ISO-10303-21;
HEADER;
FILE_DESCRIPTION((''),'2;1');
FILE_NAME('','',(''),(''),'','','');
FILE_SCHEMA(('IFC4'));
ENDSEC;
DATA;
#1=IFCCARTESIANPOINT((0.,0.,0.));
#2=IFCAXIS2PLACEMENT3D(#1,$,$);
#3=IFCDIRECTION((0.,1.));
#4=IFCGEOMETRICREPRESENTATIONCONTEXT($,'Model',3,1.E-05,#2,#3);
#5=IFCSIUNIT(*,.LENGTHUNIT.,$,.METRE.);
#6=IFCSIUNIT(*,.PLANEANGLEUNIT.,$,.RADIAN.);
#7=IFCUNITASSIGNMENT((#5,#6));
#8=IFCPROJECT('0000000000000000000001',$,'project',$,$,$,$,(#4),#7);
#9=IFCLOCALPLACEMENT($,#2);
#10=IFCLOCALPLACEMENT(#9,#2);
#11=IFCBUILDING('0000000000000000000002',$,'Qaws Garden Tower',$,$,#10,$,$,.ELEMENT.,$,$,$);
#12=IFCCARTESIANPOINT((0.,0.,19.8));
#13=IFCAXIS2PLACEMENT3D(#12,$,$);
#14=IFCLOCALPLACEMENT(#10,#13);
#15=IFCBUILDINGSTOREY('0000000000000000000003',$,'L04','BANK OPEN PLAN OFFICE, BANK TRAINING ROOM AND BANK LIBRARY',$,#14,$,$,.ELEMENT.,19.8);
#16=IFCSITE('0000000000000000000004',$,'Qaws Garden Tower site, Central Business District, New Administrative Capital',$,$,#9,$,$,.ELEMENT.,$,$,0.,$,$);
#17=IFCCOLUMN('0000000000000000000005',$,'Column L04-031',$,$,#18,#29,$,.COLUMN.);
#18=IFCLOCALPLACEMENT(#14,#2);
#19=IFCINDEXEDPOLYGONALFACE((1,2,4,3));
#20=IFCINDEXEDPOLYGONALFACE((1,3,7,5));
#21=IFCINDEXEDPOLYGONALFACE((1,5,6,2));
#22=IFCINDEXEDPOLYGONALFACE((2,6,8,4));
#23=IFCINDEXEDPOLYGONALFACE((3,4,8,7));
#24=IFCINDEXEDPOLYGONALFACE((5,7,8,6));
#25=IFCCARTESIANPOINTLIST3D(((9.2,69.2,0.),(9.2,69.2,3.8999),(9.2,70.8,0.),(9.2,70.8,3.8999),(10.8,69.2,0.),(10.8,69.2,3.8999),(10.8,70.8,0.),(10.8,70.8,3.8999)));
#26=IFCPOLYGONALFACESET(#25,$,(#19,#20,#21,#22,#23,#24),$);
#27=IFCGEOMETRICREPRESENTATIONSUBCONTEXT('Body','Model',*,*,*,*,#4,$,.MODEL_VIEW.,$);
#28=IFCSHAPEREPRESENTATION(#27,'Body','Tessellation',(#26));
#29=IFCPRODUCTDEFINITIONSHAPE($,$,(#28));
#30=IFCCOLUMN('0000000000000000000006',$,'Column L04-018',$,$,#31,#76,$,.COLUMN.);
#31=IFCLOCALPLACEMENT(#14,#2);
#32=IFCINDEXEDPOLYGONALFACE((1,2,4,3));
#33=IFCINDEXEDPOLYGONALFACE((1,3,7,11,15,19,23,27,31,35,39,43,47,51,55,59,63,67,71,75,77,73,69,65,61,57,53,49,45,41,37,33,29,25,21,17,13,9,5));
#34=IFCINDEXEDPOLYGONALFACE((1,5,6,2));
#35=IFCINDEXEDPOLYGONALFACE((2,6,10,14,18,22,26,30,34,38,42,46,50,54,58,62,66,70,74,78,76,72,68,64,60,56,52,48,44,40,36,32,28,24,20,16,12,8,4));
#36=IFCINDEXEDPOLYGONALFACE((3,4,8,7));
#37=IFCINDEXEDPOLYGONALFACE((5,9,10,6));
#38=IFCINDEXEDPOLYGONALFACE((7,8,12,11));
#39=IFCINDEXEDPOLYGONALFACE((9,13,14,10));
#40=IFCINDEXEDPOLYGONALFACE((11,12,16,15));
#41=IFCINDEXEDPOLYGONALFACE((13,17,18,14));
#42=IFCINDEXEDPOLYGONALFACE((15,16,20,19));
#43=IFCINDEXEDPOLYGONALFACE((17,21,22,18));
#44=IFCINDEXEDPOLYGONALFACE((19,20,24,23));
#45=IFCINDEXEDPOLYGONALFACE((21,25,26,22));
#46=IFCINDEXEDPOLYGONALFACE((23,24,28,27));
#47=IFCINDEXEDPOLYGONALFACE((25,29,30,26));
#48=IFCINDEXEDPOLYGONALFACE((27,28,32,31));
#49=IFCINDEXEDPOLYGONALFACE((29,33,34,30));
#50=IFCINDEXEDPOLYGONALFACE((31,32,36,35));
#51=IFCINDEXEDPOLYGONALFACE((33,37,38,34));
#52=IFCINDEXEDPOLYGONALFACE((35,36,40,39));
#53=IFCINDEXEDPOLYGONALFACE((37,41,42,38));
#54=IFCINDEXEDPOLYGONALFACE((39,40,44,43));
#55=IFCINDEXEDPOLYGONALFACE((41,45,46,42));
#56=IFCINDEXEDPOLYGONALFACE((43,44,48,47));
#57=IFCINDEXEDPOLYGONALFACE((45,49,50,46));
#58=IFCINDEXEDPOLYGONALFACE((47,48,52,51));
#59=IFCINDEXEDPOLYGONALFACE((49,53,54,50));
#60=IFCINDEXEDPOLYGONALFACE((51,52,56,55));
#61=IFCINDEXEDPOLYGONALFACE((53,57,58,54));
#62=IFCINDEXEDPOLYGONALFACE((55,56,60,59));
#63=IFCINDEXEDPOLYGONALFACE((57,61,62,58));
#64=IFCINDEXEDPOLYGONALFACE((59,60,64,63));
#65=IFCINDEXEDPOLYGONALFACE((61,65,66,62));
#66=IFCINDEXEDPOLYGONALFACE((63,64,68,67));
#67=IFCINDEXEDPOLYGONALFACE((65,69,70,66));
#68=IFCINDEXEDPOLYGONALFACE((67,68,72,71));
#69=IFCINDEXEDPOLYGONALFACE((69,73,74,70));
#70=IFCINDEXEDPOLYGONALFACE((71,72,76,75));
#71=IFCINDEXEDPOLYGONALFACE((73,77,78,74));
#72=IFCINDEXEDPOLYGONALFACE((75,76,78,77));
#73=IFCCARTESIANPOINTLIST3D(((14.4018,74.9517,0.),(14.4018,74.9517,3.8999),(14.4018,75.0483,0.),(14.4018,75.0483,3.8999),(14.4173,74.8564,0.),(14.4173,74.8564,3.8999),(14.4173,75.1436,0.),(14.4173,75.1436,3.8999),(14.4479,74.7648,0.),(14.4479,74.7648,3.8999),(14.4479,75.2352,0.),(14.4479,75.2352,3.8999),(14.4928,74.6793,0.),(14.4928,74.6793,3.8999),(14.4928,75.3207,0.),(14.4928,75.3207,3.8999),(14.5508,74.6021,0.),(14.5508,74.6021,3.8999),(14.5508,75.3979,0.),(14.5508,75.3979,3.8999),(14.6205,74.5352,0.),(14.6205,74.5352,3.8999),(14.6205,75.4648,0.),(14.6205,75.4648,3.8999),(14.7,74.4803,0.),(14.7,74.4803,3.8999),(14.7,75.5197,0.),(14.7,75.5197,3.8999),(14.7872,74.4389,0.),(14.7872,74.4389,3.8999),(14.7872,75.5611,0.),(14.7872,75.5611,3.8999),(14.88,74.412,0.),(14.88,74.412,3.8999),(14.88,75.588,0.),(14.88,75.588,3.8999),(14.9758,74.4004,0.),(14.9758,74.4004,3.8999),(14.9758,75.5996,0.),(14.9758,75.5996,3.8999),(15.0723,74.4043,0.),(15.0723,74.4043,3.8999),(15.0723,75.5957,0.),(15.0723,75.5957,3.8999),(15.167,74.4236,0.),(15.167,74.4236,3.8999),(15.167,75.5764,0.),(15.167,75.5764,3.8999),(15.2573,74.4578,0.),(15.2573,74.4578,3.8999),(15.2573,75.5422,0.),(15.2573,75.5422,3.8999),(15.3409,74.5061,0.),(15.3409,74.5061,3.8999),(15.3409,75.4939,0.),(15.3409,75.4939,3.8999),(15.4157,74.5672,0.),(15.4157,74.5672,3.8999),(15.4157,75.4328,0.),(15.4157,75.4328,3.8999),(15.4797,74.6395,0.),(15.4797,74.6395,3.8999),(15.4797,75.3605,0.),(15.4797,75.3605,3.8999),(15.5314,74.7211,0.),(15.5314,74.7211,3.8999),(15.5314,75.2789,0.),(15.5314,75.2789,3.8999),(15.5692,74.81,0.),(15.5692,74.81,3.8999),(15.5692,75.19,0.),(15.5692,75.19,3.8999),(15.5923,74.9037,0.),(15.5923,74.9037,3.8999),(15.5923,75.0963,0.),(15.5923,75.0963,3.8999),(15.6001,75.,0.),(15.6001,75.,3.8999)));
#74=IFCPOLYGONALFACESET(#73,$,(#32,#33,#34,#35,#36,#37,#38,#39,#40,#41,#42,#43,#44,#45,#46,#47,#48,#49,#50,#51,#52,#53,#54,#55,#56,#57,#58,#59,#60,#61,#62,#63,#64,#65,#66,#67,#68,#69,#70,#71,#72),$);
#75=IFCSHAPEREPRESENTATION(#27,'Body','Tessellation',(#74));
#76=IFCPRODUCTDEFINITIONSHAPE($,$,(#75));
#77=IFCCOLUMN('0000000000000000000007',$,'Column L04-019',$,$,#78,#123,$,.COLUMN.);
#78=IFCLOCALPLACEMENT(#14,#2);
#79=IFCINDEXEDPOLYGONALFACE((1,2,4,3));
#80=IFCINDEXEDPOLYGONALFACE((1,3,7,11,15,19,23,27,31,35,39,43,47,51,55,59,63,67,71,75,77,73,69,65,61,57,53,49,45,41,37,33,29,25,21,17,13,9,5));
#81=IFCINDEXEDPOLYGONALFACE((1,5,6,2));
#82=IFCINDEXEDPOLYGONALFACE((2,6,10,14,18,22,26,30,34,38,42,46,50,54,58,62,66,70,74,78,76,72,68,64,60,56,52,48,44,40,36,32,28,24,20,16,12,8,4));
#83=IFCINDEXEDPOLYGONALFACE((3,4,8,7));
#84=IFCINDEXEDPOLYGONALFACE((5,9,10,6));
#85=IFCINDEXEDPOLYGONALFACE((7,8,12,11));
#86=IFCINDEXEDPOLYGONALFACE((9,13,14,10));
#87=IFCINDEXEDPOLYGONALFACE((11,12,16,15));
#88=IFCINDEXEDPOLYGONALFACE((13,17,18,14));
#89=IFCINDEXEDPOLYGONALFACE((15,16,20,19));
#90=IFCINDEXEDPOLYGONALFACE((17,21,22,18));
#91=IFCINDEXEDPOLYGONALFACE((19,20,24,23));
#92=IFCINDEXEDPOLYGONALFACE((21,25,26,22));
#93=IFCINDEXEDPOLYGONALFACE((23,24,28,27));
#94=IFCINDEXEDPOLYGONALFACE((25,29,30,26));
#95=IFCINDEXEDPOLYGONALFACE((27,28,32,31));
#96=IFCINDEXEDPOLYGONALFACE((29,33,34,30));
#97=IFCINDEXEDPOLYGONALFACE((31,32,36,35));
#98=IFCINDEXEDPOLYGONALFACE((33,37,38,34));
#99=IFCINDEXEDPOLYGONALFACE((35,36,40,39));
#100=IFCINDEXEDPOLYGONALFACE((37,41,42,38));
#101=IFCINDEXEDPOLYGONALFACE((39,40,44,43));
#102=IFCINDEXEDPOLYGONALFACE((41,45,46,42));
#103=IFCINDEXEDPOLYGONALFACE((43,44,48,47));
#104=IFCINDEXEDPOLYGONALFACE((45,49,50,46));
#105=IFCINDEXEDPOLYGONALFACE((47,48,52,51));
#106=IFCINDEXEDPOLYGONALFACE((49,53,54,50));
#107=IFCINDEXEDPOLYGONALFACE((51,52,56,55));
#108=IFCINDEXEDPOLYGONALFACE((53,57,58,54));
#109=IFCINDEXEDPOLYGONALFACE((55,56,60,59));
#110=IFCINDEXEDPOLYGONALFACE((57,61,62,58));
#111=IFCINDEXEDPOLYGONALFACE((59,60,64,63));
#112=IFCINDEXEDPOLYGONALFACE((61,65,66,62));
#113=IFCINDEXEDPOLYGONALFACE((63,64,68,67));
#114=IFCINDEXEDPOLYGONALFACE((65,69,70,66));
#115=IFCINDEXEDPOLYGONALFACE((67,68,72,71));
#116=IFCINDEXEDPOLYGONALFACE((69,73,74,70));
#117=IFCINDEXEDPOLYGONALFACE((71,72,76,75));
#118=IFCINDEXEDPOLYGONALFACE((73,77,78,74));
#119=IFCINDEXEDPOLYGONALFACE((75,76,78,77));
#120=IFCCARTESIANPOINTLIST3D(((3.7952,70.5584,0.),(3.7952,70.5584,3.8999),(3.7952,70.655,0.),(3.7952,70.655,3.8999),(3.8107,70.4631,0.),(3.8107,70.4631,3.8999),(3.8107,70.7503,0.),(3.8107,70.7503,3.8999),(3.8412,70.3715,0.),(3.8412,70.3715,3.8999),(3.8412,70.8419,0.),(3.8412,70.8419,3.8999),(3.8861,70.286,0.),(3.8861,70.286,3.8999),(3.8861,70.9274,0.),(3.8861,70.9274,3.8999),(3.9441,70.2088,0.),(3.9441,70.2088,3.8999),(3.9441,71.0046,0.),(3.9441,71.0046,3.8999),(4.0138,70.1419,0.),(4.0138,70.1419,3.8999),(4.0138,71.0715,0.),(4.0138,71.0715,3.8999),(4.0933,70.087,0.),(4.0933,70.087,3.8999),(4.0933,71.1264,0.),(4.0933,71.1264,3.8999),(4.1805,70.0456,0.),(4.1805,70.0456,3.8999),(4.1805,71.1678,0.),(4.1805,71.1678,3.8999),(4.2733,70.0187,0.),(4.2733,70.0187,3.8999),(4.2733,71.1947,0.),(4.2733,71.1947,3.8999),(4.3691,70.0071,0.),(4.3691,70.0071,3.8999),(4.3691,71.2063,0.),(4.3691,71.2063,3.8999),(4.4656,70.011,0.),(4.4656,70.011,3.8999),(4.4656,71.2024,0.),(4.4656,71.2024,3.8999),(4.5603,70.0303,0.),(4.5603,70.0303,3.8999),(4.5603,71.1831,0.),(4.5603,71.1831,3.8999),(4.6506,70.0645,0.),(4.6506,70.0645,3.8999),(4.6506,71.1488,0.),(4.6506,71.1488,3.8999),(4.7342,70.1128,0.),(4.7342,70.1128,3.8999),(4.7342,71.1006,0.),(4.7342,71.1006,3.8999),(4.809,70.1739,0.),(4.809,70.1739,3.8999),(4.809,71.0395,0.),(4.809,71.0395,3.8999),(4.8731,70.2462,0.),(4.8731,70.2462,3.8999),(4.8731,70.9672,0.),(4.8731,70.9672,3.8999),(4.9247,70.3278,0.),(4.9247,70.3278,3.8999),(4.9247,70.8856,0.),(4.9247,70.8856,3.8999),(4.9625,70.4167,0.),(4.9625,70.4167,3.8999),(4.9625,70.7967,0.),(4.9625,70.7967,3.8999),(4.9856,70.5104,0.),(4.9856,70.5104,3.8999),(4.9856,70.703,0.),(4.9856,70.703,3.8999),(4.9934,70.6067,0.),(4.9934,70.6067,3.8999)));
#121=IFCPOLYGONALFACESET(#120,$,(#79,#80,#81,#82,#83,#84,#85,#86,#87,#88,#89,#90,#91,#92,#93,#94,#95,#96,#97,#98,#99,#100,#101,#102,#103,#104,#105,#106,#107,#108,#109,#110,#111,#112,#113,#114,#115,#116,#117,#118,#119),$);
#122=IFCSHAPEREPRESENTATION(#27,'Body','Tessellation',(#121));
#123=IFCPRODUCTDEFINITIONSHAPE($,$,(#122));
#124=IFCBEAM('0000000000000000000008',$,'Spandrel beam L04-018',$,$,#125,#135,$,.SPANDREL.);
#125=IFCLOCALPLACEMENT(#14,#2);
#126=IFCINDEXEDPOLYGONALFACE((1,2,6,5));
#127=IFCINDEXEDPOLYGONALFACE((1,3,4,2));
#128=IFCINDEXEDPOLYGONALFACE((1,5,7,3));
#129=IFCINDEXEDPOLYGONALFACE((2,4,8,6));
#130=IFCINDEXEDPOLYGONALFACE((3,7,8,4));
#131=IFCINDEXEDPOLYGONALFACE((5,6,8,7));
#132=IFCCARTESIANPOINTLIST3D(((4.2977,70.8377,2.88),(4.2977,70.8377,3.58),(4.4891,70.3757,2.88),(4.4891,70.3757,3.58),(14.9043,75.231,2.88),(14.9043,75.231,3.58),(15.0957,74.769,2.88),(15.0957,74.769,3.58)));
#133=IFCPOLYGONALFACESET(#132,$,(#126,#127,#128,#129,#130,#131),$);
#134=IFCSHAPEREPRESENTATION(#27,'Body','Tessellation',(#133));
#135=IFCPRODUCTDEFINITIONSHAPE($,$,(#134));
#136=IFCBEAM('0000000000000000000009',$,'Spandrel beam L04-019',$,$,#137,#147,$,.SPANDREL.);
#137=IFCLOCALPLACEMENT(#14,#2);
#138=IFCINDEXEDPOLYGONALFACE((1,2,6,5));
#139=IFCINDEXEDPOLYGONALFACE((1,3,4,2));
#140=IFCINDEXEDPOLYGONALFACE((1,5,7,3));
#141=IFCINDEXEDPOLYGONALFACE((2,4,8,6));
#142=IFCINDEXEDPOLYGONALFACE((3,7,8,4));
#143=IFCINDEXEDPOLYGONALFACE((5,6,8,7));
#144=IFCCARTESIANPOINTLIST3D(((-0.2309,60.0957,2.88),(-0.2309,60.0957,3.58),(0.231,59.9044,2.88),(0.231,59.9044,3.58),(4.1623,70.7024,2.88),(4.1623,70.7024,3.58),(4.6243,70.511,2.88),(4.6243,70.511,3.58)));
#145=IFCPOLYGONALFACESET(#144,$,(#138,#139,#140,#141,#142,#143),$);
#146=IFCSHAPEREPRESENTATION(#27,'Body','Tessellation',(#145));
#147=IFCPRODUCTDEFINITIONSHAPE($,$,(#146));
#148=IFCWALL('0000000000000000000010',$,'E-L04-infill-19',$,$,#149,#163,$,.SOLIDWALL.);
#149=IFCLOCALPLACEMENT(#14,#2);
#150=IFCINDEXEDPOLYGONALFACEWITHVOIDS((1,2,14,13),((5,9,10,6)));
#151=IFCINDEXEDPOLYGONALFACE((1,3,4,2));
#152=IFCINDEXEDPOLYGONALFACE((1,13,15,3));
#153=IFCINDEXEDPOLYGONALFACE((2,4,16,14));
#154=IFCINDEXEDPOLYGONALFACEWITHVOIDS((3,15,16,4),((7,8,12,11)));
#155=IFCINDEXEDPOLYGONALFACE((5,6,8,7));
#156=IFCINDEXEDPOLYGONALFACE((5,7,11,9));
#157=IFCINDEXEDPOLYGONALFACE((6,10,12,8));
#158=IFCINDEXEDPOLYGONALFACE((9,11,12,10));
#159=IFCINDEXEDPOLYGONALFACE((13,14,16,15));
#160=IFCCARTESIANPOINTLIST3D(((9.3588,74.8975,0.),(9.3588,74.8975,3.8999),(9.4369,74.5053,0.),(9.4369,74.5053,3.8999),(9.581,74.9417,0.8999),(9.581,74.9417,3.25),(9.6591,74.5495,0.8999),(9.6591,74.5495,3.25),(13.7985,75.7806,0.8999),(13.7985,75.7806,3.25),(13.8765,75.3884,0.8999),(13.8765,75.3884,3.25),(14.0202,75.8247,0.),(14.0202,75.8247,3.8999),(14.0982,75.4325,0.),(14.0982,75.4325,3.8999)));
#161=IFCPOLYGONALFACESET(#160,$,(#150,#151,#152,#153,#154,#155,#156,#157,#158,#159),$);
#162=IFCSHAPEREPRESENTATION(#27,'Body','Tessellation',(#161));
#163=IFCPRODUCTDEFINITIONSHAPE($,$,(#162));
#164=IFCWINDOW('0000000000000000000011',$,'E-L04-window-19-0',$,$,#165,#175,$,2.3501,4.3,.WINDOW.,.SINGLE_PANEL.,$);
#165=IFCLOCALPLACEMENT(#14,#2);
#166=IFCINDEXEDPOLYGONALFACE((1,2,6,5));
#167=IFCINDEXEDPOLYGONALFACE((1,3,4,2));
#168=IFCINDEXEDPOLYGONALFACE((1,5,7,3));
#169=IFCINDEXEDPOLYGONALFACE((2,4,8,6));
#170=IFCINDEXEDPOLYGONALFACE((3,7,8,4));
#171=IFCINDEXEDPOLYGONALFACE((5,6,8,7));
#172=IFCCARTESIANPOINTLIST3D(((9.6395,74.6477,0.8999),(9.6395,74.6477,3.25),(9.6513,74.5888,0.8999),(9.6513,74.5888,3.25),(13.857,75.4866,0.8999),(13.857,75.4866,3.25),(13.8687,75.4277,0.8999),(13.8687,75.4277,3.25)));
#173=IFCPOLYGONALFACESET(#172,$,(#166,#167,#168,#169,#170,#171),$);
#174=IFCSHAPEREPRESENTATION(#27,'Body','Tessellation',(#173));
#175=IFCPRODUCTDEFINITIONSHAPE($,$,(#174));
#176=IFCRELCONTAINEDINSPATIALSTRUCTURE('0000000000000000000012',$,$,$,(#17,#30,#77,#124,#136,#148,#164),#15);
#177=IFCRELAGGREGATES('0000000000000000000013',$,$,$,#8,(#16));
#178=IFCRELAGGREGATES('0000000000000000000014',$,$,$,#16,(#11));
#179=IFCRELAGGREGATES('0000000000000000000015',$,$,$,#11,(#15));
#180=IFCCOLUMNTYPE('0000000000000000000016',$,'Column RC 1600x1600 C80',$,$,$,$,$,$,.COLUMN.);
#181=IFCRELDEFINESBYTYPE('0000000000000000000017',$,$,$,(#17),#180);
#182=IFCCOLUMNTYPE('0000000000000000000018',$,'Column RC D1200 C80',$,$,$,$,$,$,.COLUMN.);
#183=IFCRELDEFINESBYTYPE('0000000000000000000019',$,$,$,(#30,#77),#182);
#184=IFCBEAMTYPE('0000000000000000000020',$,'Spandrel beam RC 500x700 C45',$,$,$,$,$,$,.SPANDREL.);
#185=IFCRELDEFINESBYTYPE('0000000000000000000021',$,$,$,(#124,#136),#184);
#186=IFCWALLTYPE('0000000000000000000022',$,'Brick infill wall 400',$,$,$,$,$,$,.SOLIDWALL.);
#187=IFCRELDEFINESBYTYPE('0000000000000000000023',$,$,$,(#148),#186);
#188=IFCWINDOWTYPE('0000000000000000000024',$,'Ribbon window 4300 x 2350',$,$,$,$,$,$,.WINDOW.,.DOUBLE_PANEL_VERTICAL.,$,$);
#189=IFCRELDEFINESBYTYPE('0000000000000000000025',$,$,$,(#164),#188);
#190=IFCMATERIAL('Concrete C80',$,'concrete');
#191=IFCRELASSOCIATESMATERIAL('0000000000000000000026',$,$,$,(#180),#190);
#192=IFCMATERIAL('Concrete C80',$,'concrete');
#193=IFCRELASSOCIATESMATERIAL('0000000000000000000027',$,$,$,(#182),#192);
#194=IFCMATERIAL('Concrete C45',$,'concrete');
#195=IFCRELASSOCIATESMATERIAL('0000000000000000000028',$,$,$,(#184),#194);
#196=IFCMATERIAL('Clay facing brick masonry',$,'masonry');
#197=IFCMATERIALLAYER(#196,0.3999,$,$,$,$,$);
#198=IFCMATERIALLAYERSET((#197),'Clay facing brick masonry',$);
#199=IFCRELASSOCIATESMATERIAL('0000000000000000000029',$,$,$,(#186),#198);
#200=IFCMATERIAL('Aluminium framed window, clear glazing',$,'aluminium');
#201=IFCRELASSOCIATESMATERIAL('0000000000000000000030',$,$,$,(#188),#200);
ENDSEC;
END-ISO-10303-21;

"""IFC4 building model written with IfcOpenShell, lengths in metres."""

from ifc_helpers import new_model, si_unit, direction, frame, frame_2d, origin, origin_2d, place, context, subcontext, project, spatial, rectangle, circle, extrude, material, layer, layer_set, material_profile, profile_set, type_object, element, fill, save


model = new_model("IFC4")

# Units and contexts
model_context = context("Model", 3, precision=1e-05, world=origin(), true_north=direction((0.0, 1.0)))
body_context = subcontext(model_context, "Body", "Model", "MODEL_VIEW")
ifc_project = project(units=[si_unit("LENGTHUNIT", "METRE"), si_unit("PLANEANGLEUNIT", "RADIAN")], contexts=[model_context])

# Site, building, storey
site_placement = place(None, origin())
site = spatial("IfcSite", under=ifc_project, at=site_placement, Name="Qaws Garden Tower site, Central Business District, New Administrative Capital", CompositionType="ELEMENT", RefElevation=0.0)
building_placement = place(site_placement, origin())
building = spatial("IfcBuilding", under=site, at=building_placement, Name="Qaws Garden Tower", CompositionType="ELEMENT")
storey_placement = place(building_placement, frame((0.0, 0.0, 19.8)))
storey = spatial("IfcBuildingStorey", under=building, at=storey_placement, Name="L04", Description="BANK OPEN PLAN OFFICE, BANK TRAINING ROOM AND BANK LIBRARY", CompositionType="ELEMENT", Elevation=19.8)

# Columns
ifc_material_1 = material(Name="Concrete C80", Category="concrete")
ifc_material_profile_1 = material_profile(ifc_material_1, rectangle(XDim=1.6001, YDim=1.6001, at=origin_2d()), Name="RC 1600x1600")
ifc_profile_set_1 = profile_set([ifc_material_profile_1], Name="Concrete C80")
column_type_1 = type_object("IfcColumnType", Name="Column RC 1600x1600 C80", PredefinedType="COLUMN", material=ifc_profile_set_1)
column_placement = place(storey_placement, frame((10.0, 70.0, 0.0), z_axis=(0.0, 0.0, 1.0), x_axis=(1.0, 0.0, 0.0)))
element("IfcColumn", 1, at=column_placement, inside=storey, type_object=column_type_1, Name="Column L04-031", PredefinedType="COLUMN", context=body_context, shape_type="SweptSolid", body=[
    extrude(rectangle(XDim=1.6001, YDim=1.6001, at=origin_2d()), origin(), (0.0, 0.0, 1.0), 3.8999),
])
ifc_material_2 = material(Name="Concrete C80", Category="concrete")
ifc_material_profile_2 = material_profile(ifc_material_2, circle(Radius=0.6001, at=origin_2d()), Name="RC D1200")
ifc_profile_set_2 = profile_set([ifc_material_profile_2], Name="Concrete C80")
column_type_2 = type_object("IfcColumnType", Name="Column RC D1200 C80", PredefinedType="COLUMN", material=ifc_profile_set_2)
for number, where, z_axis, x_axis, name in (
    (2, (15.0, 75.0, 0.0), (0.0, 0.0, 1.0), (1.0, 0.0, 0.0), "Column L04-018"),
    (3, (4.3933, 70.6067, 0.0), (0.0, 0.0, 1.0), (1.0, 0.0, 0.0), "Column L04-019"),
):
    element("IfcColumn", number, at=place(storey_placement, frame(where, z_axis=z_axis, x_axis=x_axis)), inside=storey, type_object=column_type_2, Name=name, PredefinedType="COLUMN", context=body_context, shape_type="SweptSolid", body=[
        extrude(circle(Radius=0.6001, at=origin_2d()), origin(), (0.0, 0.0, 1.0), 3.8999),
    ])

# Beams
ifc_material_3 = material(Name="Concrete C45", Category="concrete")
ifc_material_profile_3 = material_profile(ifc_material_3, rectangle(XDim=0.5, YDim=0.7, at=origin_2d()), Name="RC 500x700")
ifc_profile_set_3 = profile_set([ifc_material_profile_3], Name="Concrete C45")
beam_type = type_object("IfcBeamType", Name="Spandrel beam RC 500x700 C45", PredefinedType="SPANDREL", material=ifc_profile_set_3)
for number, where, z_axis, x_axis, name in (
    (4, (15.0, 75.0, 3.23), (-0.923883, -0.382674, 0.0), (0.382674, -0.923883, 0.0), "Spandrel beam L04-018"),
    (5, (4.3933, 70.6067, 3.23), (-0.382674, -0.923883, 0.0), (0.923883, -0.382674, 0.0), "Spandrel beam L04-019"),
):
    element("IfcBeam", number, at=place(storey_placement, frame(where, z_axis=z_axis, x_axis=x_axis)), inside=storey, type_object=beam_type, Name=name, PredefinedType="SPANDREL", context=body_context, shape_type="SweptSolid", body=[
        extrude(rectangle(XDim=0.5, YDim=0.7, at=origin_2d()), origin(), (0.0, 0.0, 1.0), 11.4805),
    ])

# Wall, opening, window
ifc_material_4 = material(Name="Clay facing brick masonry", Category="masonry")
ifc_layer_1 = layer(ifc_material_4, 0.3999)
ifc_layer_set_1 = layer_set([ifc_layer_1], Name="Clay facing brick masonry")
wall_type_1 = type_object("IfcWallType", Name="Brick infill wall 400", PredefinedType="SOLIDWALL", material=ifc_layer_set_1)
wall_1_placement = place(storey_placement, frame((14.0593, 75.6287, 0.0), z_axis=(0.0, 0.0, 1.0), x_axis=(-0.980784, -0.195099, 0.0)))
wall_1 = element("IfcWall", 6, at=wall_1_placement, inside=storey, type_object=wall_type_1, Name="E-L04-infill-19", PredefinedType="SOLIDWALL", context=body_context, shape_type="SweptSolid", body=[
    extrude(rectangle(XDim=4.7527, YDim=0.3999, at=frame_2d((2.3765, 0.0))), origin(), (0.0, 0.0, 1.0), 3.8999),
])
opening_1_placement = place(wall_1_placement, frame((0.2263, 0.0, 0.8999)))
opening_1 = element("IfcOpeningElement", 7, at=opening_1_placement, cuts=wall_1, PredefinedType="OPENING", context=body_context, shape_type="SweptSolid", body=[
    extrude(rectangle(XDim=4.3, YDim=2.3501, at=frame_2d((2.1499, 1.175))), frame((0.0, 0.21, 0.0), z_axis=(0.0, -1.0, 0.0), x_axis=(1.0, 0.0, 0.0)), (0.0, 0.0, 1.0), 0.4199),
])
ifc_material_5 = material(Name="Aluminium framed window, clear glazing", Category="aluminium")
window_type = type_object("IfcWindowType", Name="Ribbon window 4300 x 2350", PartitioningType="DOUBLE_PANEL_VERTICAL", PredefinedType="WINDOW", material=ifc_material_5)
window_1_placement = place(opening_1_placement, origin())
window_1 = element("IfcWindow", 8, at=window_1_placement, inside=storey, type_object=window_type, Name="E-L04-window-19-0", OverallHeight=2.3501, OverallWidth=4.3, PartitioningType="SINGLE_PANEL", PredefinedType="WINDOW", context=body_context, shape_type="SweptSolid", body=[
    extrude(rectangle(XDim=4.3, YDim=2.3501, at=frame_2d((2.1499, 1.175))), frame((0.0, 0.1599, 0.0), z_axis=(0.0, -1.0, 0.0), x_axis=(1.0, 0.0, 0.0)), (0.0, 0.0, 1.0), 0.0601),
])
fill(opening_1, window_1)

save(model, "model.ifc")
